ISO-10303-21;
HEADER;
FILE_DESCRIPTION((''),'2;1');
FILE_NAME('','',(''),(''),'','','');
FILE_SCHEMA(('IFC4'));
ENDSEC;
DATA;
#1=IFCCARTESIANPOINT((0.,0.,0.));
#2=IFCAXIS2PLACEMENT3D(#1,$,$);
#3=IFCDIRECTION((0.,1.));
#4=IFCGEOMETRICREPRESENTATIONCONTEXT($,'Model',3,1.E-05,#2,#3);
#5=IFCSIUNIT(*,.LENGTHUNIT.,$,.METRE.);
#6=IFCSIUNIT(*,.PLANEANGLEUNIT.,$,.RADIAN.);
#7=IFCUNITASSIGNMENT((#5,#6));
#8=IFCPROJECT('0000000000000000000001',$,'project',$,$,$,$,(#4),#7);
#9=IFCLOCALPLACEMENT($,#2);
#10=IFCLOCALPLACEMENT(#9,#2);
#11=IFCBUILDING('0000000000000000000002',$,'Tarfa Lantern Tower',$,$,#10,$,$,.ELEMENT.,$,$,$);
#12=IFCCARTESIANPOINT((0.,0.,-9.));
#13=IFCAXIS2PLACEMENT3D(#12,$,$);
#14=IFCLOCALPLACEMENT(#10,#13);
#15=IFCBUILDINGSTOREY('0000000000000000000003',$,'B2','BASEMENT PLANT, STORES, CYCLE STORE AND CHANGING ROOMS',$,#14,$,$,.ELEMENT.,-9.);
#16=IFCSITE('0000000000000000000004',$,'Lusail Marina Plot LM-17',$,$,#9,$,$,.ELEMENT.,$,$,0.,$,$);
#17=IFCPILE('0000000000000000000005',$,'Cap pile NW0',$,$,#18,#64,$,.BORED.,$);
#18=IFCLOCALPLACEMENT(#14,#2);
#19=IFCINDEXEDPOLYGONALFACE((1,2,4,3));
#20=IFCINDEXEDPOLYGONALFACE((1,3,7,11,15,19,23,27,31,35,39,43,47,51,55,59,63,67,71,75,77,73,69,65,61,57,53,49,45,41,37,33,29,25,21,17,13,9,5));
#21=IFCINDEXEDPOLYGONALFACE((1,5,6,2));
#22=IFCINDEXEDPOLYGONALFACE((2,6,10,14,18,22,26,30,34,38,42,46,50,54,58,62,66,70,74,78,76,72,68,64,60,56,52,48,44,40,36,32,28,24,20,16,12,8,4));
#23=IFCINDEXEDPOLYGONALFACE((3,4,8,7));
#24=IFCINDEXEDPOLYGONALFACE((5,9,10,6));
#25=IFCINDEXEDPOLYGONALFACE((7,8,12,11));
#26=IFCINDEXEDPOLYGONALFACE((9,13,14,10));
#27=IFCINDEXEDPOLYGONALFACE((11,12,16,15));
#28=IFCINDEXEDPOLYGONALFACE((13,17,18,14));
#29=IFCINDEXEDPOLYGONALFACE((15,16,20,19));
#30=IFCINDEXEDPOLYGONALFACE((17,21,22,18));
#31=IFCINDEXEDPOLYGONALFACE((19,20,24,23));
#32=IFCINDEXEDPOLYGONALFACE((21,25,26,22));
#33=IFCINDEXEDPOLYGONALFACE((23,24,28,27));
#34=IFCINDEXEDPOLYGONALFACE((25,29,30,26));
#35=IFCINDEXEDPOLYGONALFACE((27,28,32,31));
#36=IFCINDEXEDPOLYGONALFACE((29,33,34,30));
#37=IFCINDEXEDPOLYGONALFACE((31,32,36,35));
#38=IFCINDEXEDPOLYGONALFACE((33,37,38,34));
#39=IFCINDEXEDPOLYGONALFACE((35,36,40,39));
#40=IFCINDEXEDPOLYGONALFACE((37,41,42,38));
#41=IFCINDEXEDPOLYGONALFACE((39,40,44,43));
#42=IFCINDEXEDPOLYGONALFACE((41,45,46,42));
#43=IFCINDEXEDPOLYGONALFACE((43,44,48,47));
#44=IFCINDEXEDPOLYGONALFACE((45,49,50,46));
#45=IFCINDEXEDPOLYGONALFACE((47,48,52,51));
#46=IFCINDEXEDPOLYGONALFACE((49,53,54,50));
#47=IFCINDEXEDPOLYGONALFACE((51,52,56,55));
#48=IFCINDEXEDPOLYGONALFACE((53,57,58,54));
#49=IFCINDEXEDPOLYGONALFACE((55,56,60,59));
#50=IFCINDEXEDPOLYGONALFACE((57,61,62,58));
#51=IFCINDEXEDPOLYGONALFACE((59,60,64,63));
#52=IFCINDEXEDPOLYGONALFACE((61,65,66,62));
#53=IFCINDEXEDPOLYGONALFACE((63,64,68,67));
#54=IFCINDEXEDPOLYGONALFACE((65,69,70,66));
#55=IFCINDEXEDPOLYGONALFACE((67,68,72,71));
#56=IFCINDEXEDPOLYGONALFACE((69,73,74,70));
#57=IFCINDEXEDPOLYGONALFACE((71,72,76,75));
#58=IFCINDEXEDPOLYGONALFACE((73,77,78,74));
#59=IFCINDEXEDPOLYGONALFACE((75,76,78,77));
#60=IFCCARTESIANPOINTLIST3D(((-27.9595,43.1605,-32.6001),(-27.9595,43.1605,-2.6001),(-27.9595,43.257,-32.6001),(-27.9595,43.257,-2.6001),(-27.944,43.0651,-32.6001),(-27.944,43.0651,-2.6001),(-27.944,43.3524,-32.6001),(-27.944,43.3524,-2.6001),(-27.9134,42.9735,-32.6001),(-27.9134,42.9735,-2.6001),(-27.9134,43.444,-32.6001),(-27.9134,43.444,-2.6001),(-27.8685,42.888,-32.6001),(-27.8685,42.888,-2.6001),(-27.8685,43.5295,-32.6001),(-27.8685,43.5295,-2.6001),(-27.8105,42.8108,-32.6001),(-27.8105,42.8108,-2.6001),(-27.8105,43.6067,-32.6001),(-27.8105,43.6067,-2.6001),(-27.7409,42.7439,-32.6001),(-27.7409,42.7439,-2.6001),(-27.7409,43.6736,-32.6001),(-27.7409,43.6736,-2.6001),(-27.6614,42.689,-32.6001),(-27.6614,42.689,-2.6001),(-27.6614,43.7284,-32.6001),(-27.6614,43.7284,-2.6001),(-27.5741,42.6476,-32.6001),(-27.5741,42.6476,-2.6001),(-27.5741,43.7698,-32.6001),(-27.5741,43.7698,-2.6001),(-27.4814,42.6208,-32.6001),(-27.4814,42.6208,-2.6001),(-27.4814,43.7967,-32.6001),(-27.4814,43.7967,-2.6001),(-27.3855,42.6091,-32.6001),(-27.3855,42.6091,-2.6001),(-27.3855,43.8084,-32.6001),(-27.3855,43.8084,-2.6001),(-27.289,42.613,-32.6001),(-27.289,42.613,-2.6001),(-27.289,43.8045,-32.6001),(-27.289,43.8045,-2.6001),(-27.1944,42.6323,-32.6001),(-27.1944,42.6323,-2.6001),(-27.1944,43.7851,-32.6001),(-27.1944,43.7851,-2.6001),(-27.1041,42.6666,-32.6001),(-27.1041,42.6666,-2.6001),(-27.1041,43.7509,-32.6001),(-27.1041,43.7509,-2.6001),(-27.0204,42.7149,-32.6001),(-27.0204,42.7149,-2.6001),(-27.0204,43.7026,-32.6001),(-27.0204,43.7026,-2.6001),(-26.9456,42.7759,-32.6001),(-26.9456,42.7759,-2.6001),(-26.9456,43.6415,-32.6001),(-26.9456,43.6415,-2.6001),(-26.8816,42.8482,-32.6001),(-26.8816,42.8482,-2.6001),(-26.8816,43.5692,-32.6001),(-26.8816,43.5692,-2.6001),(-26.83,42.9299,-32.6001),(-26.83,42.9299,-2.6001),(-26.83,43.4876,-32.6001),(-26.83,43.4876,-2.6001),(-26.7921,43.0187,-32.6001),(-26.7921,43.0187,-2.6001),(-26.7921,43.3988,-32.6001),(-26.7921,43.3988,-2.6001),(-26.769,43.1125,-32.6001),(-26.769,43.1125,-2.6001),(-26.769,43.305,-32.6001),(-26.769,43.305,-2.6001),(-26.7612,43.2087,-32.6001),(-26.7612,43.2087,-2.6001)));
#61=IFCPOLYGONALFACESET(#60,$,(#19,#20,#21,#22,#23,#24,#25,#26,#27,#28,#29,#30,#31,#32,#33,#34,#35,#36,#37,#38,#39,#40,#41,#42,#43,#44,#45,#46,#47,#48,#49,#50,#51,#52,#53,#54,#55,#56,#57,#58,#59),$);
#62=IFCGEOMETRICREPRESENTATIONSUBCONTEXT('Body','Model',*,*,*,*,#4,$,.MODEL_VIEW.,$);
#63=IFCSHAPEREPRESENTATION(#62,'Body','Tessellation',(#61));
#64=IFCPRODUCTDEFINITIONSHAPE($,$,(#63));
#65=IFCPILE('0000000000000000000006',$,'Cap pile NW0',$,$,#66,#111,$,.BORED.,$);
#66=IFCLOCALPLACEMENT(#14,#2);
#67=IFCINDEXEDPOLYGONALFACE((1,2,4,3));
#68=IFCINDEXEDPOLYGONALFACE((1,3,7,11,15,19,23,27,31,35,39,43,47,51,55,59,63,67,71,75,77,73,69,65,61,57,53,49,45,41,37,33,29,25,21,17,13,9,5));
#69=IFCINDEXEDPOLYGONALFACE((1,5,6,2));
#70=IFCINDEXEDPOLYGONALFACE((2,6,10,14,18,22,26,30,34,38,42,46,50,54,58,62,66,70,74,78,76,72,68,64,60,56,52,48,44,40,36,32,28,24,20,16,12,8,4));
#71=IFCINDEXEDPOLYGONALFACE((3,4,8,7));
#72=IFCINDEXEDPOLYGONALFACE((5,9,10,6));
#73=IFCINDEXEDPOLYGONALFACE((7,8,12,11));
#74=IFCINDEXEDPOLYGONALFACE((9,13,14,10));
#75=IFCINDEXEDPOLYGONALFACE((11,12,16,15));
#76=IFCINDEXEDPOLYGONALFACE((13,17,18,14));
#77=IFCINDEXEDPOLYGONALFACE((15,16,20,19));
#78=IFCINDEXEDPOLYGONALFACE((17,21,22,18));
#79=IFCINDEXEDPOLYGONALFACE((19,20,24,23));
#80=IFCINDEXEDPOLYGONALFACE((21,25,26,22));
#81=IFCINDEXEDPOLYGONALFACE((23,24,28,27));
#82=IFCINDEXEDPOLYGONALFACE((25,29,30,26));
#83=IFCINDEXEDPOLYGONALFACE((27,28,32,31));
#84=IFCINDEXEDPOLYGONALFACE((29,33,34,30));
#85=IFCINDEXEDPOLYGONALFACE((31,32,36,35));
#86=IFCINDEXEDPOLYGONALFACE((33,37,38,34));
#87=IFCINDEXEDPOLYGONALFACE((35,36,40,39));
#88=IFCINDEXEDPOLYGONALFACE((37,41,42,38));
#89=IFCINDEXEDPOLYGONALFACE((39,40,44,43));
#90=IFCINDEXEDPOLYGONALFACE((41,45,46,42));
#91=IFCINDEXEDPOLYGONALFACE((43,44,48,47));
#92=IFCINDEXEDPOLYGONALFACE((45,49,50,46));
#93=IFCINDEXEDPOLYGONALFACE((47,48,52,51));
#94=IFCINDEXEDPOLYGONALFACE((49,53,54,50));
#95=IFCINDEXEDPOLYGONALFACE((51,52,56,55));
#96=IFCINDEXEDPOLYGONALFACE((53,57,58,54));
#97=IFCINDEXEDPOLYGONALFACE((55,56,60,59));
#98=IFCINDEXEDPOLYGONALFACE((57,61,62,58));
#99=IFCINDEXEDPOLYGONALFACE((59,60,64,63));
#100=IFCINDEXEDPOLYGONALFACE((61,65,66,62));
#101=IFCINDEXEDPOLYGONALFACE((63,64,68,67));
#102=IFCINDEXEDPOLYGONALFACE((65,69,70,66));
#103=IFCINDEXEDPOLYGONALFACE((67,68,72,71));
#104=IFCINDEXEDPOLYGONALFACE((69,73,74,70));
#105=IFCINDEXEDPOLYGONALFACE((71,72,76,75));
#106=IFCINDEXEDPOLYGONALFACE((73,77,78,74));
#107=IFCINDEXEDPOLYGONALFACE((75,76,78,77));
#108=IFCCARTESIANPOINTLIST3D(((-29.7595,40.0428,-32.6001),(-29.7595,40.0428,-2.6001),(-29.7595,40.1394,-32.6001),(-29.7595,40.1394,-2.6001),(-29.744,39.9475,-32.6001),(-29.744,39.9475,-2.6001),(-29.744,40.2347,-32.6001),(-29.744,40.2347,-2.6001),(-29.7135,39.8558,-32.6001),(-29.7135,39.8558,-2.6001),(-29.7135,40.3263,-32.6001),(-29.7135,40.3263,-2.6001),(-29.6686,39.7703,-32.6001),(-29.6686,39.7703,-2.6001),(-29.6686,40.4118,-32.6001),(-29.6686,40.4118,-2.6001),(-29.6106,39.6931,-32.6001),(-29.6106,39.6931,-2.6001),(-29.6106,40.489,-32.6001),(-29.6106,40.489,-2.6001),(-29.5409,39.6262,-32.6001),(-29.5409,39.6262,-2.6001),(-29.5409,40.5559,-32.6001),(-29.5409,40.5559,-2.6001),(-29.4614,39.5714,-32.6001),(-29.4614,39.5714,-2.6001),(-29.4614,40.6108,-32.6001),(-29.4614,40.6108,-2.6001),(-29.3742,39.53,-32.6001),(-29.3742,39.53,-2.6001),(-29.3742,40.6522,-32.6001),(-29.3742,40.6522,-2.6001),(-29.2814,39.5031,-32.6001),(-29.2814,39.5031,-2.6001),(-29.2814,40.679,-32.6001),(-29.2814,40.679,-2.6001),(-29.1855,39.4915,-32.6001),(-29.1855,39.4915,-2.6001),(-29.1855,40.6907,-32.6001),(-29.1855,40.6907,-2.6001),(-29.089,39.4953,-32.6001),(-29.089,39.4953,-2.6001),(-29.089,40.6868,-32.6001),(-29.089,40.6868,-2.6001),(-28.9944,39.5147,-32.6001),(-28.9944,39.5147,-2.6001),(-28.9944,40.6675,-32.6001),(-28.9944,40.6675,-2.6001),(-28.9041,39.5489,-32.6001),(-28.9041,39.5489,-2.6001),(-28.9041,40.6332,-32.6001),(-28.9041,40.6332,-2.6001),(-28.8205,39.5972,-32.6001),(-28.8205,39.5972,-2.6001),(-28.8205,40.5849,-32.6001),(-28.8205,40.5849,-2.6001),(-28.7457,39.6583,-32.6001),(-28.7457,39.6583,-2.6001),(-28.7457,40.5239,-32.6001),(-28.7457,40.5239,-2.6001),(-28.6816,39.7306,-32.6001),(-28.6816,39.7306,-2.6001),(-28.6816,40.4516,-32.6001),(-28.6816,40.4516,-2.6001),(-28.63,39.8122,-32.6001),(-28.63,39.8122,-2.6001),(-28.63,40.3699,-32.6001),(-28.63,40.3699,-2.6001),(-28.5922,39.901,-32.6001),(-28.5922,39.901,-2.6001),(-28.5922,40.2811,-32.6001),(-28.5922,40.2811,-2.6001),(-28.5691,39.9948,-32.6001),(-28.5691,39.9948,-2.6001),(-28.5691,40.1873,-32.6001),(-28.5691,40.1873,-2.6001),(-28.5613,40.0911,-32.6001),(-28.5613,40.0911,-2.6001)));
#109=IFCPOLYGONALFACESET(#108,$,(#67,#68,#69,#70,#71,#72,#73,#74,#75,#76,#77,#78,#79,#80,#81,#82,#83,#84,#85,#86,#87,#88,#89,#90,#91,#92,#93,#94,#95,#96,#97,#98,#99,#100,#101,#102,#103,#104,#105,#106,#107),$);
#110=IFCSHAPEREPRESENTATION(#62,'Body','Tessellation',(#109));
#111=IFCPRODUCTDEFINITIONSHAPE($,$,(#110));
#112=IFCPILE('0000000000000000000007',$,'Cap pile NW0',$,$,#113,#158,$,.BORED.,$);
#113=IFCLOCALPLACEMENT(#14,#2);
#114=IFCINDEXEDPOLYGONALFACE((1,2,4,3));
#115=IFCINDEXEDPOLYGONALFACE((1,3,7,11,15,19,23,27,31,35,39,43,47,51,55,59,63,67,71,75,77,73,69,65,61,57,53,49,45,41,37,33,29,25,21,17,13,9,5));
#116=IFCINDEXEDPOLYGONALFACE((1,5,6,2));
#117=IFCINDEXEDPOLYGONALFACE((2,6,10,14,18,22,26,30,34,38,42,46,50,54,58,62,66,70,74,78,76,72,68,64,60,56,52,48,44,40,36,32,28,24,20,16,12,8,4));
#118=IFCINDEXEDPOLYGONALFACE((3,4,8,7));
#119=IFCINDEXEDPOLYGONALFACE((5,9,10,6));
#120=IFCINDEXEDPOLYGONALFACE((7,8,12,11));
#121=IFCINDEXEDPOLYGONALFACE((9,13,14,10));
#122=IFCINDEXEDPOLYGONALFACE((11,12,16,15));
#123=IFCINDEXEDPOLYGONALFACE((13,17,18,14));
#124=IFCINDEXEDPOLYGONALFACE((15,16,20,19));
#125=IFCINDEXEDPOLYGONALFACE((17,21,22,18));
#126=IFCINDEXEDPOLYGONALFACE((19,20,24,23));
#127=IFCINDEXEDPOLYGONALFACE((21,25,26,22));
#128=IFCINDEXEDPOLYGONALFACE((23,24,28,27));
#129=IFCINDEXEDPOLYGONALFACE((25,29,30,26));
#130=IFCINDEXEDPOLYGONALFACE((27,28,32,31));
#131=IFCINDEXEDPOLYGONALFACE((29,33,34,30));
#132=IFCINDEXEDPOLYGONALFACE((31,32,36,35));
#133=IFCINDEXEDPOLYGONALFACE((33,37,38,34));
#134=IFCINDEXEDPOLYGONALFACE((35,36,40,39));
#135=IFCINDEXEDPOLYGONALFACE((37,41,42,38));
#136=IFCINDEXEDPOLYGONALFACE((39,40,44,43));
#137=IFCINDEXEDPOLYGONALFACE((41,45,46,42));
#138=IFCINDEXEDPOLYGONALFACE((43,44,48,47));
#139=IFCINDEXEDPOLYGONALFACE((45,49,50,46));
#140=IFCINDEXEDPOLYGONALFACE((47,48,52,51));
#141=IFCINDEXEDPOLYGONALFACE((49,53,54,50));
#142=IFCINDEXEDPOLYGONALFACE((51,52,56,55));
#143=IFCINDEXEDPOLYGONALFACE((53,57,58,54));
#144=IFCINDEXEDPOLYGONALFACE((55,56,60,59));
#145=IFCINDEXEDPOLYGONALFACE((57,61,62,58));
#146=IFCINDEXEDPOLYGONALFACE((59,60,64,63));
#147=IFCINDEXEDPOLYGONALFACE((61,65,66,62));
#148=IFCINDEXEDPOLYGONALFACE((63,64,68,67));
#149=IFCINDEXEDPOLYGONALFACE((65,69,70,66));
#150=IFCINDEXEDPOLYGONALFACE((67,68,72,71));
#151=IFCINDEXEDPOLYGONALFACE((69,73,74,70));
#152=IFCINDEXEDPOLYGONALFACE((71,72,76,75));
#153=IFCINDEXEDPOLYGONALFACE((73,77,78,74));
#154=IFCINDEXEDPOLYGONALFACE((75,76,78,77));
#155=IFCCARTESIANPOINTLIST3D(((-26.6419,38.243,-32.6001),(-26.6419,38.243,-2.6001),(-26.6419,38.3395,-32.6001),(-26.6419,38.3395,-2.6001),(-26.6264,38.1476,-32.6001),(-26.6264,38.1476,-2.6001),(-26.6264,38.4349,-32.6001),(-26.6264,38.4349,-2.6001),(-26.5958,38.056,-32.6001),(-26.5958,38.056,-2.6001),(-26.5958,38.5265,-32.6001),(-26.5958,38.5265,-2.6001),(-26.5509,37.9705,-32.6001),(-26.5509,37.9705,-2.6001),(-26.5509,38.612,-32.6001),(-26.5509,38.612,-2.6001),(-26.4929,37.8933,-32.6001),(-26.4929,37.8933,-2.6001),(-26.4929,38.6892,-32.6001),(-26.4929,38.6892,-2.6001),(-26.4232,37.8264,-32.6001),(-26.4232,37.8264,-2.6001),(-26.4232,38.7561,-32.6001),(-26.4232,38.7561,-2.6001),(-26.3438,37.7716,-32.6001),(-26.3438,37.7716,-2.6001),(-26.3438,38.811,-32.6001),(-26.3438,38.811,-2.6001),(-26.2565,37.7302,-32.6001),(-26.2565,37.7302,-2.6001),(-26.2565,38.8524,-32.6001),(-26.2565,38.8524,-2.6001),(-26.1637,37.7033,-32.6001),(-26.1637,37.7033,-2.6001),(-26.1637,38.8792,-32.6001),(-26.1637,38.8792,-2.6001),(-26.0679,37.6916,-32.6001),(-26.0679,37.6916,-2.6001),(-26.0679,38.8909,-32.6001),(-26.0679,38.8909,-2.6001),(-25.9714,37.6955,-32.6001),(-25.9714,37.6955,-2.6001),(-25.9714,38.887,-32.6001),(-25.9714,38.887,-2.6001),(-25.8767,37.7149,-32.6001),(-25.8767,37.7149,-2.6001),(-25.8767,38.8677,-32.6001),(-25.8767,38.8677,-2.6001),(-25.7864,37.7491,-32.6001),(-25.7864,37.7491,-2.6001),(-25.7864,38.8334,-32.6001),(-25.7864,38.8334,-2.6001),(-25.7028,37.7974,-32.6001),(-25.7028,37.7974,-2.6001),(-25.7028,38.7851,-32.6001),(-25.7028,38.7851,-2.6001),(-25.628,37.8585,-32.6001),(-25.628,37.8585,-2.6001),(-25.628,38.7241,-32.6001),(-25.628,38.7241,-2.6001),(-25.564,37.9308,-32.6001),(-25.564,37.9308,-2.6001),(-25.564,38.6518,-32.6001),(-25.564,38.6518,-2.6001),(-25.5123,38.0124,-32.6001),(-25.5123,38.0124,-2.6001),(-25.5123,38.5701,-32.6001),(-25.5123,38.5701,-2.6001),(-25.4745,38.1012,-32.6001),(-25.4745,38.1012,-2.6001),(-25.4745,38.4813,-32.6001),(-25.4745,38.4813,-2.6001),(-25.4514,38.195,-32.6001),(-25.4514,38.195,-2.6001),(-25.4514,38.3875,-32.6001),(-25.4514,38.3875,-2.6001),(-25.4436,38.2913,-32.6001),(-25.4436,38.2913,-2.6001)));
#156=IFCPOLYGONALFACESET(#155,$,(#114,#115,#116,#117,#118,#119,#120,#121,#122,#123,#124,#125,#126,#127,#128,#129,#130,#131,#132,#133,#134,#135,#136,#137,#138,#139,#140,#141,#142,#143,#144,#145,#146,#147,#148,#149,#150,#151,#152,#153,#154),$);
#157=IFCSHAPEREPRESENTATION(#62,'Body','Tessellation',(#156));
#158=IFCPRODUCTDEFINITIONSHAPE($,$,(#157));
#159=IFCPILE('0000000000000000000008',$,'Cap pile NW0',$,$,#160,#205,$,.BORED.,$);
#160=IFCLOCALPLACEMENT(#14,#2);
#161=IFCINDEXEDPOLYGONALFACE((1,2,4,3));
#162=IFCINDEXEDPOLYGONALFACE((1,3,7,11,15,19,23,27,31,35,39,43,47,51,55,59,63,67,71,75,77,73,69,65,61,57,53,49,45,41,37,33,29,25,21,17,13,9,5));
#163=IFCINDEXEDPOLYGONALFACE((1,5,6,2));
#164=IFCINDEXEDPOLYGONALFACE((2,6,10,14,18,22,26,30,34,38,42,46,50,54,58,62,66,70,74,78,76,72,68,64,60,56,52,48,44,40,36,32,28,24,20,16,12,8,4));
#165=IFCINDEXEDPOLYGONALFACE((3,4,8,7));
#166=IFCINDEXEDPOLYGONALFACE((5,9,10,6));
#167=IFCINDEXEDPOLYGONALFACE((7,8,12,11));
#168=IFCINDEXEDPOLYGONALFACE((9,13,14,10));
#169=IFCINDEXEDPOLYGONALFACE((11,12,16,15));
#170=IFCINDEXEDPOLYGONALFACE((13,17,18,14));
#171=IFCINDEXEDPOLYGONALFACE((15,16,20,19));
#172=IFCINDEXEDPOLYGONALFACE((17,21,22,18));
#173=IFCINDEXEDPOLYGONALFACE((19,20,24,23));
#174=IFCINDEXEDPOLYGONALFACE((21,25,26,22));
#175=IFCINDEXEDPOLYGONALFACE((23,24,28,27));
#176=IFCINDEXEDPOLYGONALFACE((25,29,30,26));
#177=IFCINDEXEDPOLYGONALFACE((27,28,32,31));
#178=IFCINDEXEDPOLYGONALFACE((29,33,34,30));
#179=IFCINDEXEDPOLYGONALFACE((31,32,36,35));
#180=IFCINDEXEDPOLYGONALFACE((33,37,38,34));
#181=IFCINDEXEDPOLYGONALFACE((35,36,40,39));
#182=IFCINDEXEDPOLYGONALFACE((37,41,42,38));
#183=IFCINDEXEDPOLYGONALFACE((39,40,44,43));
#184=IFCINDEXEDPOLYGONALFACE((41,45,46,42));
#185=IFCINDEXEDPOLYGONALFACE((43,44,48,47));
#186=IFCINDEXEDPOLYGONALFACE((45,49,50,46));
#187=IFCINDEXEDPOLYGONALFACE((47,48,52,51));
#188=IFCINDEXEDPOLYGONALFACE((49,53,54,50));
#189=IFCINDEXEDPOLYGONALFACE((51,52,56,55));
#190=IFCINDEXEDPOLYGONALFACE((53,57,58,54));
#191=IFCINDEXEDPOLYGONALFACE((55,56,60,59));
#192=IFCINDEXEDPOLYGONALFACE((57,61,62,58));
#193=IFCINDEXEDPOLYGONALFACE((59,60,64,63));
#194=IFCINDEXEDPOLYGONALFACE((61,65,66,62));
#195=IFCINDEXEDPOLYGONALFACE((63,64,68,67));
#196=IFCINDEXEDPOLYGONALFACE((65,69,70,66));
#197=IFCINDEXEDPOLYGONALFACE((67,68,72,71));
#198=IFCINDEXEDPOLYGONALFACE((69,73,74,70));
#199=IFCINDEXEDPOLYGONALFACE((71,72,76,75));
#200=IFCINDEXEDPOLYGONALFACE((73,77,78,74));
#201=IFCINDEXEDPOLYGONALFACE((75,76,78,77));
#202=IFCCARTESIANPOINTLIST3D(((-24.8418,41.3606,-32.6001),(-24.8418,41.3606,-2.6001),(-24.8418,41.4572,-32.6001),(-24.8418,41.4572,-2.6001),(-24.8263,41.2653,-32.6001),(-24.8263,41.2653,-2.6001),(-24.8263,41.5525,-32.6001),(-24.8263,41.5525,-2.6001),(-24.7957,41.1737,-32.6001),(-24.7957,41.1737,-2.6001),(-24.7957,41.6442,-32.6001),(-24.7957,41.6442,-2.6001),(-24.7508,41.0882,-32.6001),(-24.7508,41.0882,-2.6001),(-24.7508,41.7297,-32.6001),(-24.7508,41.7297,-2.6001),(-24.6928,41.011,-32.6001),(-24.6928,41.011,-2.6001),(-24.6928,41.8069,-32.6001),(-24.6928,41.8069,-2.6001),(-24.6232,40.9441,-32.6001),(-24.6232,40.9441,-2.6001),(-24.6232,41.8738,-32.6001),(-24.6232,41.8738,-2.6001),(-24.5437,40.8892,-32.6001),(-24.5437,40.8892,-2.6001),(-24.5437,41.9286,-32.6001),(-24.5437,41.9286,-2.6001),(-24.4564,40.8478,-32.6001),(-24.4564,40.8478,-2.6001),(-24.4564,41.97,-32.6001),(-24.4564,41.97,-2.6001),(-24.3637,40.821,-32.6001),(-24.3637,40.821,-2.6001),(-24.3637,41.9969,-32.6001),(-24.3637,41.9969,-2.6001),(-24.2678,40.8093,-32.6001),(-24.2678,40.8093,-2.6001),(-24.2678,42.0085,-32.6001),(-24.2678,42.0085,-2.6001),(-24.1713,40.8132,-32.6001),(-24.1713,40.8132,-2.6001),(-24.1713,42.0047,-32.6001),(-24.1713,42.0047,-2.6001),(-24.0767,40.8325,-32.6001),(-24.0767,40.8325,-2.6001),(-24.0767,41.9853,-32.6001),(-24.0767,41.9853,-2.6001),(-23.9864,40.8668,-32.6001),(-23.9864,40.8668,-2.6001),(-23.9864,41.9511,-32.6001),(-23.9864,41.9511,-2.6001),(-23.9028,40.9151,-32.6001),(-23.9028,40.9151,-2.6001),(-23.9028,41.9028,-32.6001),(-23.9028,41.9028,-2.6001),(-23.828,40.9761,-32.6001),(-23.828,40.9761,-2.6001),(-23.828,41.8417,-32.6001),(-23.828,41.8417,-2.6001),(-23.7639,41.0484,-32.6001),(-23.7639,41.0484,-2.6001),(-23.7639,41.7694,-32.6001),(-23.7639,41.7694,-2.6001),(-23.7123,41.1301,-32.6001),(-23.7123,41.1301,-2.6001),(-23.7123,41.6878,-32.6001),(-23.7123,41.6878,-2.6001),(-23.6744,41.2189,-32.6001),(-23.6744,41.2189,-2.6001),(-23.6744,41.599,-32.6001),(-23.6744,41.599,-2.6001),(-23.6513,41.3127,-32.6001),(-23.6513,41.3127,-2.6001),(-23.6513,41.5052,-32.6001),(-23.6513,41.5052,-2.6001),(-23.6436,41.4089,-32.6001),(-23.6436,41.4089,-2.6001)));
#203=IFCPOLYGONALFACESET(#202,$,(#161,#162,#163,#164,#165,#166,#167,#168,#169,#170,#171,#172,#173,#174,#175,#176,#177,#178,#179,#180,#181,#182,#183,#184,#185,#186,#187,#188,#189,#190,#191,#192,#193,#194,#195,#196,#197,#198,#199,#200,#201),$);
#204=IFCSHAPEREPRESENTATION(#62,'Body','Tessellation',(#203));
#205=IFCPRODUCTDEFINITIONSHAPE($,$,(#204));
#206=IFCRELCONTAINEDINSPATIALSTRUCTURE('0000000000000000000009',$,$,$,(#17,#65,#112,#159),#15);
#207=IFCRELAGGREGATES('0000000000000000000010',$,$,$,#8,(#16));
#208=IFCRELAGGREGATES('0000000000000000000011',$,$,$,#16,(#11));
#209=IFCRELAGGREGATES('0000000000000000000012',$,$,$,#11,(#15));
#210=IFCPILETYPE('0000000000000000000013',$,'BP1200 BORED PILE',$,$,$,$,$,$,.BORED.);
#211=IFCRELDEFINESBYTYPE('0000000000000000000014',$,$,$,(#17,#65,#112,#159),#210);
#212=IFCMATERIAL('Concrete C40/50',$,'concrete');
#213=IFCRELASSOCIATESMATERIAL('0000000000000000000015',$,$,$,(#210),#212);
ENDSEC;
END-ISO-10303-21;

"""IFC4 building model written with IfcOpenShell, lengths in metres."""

from ifc_helpers import new_model, si_unit, direction, frame, origin, origin_2d, place, context, subcontext, project, spatial, circle, extrude, material, material_profile, profile_set, type_object, element, save


model = new_model("IFC4")

# Units and contexts
model_context = context("Model", 3, precision=1e-05, world=origin(), true_north=direction((0.0, 1.0)))
body_context = subcontext(model_context, "Body", "Model", "MODEL_VIEW")
ifc_project = project(units=[si_unit("LENGTHUNIT", "METRE"), si_unit("PLANEANGLEUNIT", "RADIAN")], contexts=[model_context])

# Site, building, storey
site_placement = place(None, origin())
site = spatial("IfcSite", under=ifc_project, at=site_placement, Name="Lusail Marina Plot LM-17", CompositionType="ELEMENT", RefElevation=0.0)
building_placement = place(site_placement, origin())
building = spatial("IfcBuilding", under=site, at=building_placement, Name="Tarfa Lantern Tower", CompositionType="ELEMENT")
storey_placement = place(building_placement, frame((0.0, 0.0, -9.0)))
storey = spatial("IfcBuildingStorey", under=building, at=storey_placement, Name="B2", Description="BASEMENT PLANT, STORES, CYCLE STORE AND CHANGING ROOMS", CompositionType="ELEMENT", Elevation=-9.0)

# Piles
ifc_material_1 = material(Name="Concrete C40/50", Category="concrete")
ifc_material_profile_1 = material_profile(ifc_material_1, circle(Radius=0.6001, at=origin_2d()), Name="BORED PILE D1200")
ifc_profile_set_1 = profile_set([ifc_material_profile_1], Name="Concrete C40/50")
pile_type_1 = type_object("IfcPileType", Name="BP1200 BORED PILE", PredefinedType="BORED", material=ifc_profile_set_1)
for number, where, z_axis, x_axis, name in (
    (1, (-27.3613, 43.2087, -2.6001), (0.0, 0.0, -1.0), (1.0, 0.0, 0.0), "Cap pile NW0"),
    (2, (-29.1614, 40.0911, -2.6001), (0.0, 0.0, -1.0), (1.0, 0.0, 0.0), "Cap pile NW0"),
    (3, (-26.0437, 38.2913, -2.6001), (0.0, 0.0, -1.0), (1.0, 0.0, 0.0), "Cap pile NW0"),
    (4, (-24.2437, 41.4089, -2.6001), (0.0, 0.0, -1.0), (1.0, 0.0, 0.0), "Cap pile NW0"),
):
    element("IfcPile", number, at=place(storey_placement, frame(where, z_axis=z_axis, x_axis=x_axis)), inside=storey, type_object=pile_type_1, Name=name, PredefinedType="BORED", context=body_context, shape_type="SweptSolid", body=[
        extrude(circle(Radius=0.6001, at=origin_2d()), origin(), (0.0, 0.0, 1.0), 30.0),
    ])

save(model, "model.ifc")
